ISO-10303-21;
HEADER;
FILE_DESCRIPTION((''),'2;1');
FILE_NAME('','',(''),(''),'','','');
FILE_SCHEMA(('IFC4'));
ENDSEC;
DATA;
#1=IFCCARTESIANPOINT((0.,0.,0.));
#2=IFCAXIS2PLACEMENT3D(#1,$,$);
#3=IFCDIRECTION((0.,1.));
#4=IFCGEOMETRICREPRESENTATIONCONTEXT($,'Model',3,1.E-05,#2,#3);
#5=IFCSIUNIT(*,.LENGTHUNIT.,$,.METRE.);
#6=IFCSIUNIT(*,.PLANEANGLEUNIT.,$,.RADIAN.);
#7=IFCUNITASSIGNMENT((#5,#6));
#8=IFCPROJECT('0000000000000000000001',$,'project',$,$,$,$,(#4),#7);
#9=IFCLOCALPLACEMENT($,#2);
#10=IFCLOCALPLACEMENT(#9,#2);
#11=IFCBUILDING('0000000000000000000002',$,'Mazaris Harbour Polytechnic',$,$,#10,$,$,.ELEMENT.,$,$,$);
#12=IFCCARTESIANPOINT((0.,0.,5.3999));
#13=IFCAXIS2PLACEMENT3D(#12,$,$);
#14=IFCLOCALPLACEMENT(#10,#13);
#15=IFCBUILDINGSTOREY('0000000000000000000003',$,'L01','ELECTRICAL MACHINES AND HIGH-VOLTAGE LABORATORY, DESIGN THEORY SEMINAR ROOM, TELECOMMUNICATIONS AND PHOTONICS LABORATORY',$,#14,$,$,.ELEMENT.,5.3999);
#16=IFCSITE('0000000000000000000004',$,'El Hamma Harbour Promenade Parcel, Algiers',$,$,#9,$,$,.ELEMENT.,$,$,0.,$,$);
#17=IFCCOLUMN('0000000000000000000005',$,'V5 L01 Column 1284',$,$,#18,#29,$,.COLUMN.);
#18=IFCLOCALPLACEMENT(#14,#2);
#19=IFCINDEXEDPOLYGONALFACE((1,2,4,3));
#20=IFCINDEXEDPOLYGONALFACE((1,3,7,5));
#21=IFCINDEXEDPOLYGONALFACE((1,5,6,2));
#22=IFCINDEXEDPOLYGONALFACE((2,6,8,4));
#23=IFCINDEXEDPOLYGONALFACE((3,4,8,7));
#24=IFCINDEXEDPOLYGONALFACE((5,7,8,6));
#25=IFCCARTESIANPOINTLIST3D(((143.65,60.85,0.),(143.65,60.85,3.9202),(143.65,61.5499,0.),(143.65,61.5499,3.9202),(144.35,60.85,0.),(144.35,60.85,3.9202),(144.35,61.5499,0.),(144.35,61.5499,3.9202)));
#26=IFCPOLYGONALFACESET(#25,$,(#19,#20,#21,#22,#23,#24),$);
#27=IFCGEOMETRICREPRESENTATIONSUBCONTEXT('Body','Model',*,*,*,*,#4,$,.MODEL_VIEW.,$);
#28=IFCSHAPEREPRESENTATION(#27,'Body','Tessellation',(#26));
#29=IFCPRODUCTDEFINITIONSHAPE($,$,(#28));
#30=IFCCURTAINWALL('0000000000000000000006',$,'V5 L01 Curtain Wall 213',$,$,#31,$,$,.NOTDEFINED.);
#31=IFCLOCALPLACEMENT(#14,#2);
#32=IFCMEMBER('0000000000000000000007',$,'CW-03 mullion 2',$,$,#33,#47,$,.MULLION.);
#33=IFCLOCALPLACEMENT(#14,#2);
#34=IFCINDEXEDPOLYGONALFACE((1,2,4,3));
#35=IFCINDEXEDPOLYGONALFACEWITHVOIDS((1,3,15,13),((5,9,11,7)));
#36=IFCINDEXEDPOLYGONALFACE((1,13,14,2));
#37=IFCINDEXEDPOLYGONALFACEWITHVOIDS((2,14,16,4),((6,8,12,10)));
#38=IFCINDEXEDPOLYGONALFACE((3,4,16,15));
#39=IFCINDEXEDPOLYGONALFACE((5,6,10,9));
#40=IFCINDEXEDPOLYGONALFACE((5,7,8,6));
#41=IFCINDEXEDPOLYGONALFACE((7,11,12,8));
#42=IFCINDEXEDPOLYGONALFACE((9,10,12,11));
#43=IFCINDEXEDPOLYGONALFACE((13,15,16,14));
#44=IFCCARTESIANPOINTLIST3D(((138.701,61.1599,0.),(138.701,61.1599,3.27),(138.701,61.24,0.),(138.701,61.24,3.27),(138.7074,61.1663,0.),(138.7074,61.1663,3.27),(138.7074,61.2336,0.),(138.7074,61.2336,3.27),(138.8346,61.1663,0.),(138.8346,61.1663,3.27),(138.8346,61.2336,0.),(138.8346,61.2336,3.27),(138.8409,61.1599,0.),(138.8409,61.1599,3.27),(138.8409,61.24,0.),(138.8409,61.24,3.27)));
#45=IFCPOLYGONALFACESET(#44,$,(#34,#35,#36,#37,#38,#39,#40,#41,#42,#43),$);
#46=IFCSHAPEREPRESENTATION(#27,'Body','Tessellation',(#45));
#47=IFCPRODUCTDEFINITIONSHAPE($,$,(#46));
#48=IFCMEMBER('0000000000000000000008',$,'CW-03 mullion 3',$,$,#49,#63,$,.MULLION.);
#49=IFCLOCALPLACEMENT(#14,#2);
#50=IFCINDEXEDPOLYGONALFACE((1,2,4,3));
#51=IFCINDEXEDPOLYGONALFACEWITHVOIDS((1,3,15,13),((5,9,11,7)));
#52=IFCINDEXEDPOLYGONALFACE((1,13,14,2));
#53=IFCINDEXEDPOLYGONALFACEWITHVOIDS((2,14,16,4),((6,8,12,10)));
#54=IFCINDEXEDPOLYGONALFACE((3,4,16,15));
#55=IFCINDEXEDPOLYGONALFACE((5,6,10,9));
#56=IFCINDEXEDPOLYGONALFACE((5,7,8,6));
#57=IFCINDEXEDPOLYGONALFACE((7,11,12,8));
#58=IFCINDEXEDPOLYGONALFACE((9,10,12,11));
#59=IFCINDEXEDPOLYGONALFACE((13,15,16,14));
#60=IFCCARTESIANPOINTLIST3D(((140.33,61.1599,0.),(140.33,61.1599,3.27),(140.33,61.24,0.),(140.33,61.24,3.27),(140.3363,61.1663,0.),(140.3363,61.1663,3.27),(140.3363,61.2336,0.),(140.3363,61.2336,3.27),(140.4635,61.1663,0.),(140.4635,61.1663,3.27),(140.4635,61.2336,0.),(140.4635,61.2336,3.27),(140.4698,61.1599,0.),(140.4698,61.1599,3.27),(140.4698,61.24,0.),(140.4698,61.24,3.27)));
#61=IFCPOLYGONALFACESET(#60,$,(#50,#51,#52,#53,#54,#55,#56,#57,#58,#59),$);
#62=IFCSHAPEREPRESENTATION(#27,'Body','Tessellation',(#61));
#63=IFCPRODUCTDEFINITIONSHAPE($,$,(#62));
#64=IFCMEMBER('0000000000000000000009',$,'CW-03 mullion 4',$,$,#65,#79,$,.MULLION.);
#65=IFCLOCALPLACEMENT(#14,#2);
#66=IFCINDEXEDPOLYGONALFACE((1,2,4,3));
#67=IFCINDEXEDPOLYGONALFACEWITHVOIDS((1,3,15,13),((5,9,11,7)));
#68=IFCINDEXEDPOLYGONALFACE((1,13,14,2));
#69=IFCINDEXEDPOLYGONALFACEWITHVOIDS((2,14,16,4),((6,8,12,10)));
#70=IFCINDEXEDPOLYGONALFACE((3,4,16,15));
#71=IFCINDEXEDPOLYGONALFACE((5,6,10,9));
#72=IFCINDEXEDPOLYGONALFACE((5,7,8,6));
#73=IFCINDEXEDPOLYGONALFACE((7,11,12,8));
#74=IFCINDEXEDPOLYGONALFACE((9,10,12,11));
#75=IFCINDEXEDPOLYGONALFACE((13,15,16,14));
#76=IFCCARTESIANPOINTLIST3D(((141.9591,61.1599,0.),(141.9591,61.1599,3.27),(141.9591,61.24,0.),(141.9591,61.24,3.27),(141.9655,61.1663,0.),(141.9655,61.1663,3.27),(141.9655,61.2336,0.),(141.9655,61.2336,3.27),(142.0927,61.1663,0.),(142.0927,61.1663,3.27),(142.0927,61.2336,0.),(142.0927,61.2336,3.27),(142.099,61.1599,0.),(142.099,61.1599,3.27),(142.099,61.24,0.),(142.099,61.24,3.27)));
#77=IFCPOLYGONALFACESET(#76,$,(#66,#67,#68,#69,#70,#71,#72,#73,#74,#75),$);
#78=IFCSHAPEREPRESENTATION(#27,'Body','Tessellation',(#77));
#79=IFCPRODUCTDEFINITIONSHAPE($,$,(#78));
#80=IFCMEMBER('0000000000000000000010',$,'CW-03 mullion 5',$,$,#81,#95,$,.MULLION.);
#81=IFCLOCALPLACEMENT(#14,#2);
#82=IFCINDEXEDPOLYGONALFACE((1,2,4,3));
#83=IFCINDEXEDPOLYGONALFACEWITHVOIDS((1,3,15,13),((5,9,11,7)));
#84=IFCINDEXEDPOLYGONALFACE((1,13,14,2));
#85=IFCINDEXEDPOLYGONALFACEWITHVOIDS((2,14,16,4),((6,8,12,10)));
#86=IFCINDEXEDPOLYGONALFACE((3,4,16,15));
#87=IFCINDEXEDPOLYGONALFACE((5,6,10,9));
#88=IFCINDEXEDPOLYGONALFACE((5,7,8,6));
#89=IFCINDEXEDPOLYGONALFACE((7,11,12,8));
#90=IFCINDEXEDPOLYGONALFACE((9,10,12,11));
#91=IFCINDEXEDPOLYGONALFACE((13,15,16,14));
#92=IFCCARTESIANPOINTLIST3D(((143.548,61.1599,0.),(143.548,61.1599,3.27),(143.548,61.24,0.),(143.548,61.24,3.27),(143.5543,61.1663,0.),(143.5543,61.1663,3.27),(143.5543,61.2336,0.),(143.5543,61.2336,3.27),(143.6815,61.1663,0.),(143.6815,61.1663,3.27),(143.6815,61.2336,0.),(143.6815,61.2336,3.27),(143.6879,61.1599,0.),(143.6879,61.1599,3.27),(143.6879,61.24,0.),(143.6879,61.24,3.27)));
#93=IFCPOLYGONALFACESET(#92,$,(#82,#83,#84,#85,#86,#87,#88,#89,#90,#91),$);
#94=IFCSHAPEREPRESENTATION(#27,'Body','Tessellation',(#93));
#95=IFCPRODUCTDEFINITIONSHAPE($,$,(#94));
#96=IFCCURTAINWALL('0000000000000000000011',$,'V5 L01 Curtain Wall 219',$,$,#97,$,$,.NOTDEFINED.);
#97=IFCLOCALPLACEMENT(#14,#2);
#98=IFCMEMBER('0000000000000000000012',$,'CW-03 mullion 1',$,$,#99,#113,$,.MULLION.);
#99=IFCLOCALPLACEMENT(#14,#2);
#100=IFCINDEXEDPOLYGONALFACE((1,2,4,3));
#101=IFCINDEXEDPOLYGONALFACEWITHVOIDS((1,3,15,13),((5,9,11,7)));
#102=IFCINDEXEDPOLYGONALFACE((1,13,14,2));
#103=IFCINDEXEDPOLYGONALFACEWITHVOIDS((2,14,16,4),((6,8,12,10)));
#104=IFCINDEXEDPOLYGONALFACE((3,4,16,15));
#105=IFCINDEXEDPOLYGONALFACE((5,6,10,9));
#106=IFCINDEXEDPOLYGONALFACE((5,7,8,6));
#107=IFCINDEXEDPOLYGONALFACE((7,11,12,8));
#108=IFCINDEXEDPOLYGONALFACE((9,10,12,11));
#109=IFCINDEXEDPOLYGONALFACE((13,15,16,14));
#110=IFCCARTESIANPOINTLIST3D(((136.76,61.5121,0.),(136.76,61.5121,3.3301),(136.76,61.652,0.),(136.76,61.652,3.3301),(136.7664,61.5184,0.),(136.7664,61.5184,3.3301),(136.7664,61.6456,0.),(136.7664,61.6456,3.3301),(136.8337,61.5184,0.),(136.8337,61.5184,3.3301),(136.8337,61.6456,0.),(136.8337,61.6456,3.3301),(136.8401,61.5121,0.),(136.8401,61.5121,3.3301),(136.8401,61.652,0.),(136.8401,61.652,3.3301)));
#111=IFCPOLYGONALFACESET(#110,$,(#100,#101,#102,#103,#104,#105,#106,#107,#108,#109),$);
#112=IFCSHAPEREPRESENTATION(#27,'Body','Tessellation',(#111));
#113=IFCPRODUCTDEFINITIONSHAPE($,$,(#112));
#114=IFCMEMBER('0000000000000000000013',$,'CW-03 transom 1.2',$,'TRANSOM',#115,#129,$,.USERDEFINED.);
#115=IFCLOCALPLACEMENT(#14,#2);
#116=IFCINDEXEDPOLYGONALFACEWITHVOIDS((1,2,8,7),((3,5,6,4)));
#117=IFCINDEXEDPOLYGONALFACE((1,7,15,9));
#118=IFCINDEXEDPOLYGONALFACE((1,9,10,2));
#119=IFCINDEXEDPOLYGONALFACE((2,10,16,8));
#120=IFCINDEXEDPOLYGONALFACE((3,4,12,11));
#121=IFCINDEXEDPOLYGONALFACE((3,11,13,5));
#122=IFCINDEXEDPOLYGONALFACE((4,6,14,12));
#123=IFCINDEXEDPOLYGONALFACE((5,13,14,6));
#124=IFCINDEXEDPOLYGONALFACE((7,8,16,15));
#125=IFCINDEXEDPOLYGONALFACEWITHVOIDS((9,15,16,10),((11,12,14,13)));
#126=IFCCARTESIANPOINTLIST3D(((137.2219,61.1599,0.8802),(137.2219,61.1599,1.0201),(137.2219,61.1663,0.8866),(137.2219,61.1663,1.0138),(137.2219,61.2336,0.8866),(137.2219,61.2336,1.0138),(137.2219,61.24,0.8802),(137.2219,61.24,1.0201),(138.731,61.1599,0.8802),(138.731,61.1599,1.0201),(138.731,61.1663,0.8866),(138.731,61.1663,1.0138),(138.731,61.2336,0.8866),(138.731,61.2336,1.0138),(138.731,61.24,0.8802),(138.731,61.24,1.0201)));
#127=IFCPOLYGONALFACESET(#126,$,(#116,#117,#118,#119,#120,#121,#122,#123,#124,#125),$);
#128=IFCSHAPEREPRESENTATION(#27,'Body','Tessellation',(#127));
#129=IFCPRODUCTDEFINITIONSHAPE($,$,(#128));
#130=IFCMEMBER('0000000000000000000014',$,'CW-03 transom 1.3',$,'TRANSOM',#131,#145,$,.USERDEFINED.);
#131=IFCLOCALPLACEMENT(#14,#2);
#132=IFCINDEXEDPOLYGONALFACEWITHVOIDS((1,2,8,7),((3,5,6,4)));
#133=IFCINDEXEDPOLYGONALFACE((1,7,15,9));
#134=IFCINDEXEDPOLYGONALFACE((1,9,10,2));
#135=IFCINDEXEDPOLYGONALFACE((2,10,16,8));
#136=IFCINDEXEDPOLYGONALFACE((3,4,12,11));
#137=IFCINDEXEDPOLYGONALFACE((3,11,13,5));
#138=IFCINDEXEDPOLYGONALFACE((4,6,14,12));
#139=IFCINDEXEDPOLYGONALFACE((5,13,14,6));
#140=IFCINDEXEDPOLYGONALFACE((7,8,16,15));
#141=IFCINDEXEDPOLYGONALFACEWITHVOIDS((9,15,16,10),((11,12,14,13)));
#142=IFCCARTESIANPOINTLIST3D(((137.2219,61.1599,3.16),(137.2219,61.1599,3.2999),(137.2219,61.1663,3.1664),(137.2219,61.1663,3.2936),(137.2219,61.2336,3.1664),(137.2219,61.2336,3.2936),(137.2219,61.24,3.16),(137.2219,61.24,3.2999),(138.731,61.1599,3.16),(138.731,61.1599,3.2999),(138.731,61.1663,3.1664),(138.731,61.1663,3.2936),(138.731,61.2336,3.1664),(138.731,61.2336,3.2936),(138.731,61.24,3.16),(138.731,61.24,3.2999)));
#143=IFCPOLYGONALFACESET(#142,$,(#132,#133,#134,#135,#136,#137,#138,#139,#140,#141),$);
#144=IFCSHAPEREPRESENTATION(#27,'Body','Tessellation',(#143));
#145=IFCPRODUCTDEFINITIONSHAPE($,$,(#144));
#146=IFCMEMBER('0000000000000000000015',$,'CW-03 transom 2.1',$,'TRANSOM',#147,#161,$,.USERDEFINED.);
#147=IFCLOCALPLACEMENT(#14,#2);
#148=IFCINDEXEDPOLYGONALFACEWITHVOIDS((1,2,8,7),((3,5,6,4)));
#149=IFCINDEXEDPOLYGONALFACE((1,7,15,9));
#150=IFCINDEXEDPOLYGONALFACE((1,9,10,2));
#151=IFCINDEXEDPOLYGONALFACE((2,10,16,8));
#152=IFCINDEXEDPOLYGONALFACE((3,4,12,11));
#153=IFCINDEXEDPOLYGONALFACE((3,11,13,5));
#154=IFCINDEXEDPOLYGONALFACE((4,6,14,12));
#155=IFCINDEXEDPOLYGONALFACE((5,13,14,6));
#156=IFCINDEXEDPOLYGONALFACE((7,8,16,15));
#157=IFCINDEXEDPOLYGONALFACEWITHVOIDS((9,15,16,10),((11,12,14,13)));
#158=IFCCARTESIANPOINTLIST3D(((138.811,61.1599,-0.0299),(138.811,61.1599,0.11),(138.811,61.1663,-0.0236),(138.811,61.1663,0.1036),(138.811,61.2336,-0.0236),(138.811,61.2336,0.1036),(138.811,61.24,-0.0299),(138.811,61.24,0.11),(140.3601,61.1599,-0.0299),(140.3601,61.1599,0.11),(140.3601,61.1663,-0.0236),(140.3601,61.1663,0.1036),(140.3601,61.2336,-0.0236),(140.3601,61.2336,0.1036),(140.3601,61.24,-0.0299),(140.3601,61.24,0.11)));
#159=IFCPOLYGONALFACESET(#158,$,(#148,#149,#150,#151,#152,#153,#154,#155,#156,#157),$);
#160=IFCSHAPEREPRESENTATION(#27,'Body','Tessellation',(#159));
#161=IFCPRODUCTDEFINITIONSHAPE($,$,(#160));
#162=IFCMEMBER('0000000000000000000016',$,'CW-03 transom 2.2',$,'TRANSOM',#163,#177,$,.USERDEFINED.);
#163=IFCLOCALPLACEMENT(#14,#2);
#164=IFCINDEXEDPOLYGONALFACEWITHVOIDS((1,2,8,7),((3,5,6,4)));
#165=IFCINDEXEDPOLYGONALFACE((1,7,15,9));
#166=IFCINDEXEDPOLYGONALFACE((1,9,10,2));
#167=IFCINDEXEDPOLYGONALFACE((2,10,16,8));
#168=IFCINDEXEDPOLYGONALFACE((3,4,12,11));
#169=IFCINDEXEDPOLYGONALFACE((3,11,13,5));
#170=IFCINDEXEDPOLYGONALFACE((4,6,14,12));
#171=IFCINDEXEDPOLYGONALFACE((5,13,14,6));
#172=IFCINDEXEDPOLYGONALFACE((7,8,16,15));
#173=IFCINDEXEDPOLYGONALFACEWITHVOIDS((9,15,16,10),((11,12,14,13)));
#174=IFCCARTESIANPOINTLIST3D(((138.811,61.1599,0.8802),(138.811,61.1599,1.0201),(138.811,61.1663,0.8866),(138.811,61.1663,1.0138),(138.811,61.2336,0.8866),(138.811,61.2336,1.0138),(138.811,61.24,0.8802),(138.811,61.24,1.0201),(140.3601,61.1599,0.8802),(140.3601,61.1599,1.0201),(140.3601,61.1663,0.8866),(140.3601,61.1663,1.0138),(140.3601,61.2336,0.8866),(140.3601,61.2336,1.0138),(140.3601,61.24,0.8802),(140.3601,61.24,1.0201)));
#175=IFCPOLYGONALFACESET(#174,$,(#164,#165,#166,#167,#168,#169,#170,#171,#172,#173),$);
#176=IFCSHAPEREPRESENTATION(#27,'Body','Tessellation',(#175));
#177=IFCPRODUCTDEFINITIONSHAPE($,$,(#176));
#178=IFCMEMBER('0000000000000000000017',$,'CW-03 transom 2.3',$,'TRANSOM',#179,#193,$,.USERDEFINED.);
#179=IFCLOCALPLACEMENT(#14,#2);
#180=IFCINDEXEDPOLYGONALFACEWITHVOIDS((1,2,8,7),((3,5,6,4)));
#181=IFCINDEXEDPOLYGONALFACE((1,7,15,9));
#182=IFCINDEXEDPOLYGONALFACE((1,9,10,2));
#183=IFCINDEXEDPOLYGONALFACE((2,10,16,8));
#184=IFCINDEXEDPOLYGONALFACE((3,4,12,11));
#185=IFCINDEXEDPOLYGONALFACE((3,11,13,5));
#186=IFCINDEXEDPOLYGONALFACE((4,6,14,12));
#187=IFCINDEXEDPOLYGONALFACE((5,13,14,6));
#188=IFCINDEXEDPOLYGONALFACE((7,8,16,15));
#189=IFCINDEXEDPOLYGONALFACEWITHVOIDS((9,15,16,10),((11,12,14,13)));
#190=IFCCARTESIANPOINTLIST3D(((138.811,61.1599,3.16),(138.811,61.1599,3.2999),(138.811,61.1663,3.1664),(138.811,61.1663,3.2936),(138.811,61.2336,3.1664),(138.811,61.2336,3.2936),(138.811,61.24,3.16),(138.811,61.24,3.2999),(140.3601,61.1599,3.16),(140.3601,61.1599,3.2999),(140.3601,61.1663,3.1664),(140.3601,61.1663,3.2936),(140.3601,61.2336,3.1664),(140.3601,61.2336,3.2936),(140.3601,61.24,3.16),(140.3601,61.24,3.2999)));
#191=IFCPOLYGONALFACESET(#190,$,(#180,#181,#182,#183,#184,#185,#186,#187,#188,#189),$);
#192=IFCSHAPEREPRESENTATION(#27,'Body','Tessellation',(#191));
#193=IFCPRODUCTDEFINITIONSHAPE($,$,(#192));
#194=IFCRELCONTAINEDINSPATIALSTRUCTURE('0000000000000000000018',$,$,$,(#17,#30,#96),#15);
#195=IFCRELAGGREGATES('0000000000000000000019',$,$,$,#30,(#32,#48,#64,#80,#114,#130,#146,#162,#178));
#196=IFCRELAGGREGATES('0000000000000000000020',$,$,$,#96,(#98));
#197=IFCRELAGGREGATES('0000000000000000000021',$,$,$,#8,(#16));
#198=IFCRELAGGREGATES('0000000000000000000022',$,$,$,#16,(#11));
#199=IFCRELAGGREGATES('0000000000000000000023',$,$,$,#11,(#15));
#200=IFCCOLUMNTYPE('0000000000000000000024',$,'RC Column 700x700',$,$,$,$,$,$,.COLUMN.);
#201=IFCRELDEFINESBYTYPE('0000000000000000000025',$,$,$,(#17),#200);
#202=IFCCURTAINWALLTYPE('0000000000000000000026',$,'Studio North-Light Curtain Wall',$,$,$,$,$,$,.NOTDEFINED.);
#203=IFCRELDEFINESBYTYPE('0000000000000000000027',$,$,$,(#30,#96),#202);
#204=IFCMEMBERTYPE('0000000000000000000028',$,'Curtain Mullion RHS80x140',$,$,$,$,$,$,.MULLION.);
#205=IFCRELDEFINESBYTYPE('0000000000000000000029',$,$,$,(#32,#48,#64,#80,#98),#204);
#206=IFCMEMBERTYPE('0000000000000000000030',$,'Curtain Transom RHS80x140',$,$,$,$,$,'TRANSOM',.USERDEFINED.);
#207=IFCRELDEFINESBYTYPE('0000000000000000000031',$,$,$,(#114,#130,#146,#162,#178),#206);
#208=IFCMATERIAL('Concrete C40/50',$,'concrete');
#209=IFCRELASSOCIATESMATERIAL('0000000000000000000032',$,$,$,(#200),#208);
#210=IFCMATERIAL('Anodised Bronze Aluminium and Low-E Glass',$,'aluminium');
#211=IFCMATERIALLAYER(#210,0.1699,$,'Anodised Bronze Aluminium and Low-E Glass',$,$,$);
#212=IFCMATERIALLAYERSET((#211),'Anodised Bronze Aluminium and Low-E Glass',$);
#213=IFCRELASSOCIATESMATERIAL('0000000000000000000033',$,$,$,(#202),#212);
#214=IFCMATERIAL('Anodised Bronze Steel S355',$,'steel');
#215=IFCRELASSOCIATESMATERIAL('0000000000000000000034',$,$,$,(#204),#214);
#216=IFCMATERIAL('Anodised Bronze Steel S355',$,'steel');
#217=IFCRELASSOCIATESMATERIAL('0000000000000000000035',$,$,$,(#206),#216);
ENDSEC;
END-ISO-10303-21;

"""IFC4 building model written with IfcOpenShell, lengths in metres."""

from ifc_helpers import new_model, si_unit, direction, frame, origin, origin_2d, place, context, subcontext, project, spatial, rectangle, hollow_rectangle, extrude, material, layer, layer_set, material_profile, profile_set, type_object, element, aggregate, save


model = new_model("IFC4")

# Units and contexts
model_context = context("Model", 3, precision=1e-05, world=origin(), true_north=direction((0.0, 1.0)))
body_context = subcontext(model_context, "Body", "Model", "MODEL_VIEW")
ifc_project = project(units=[si_unit("LENGTHUNIT", "METRE"), si_unit("PLANEANGLEUNIT", "RADIAN")], contexts=[model_context])

# Site, building, storey
site_placement = place(None, origin())
site = spatial("IfcSite", under=ifc_project, at=site_placement, Name="El Hamma Harbour Promenade Parcel, Algiers", CompositionType="ELEMENT", RefElevation=0.0)
building_placement = place(site_placement, origin())
building = spatial("IfcBuilding", under=site, at=building_placement, Name="Mazaris Harbour Polytechnic", CompositionType="ELEMENT")
storey_placement = place(building_placement, frame((0.0, 0.0, 5.3999)))
storey = spatial("IfcBuildingStorey", under=building, at=storey_placement, Name="L01", Description="ELECTRICAL MACHINES AND HIGH-VOLTAGE LABORATORY, DESIGN THEORY SEMINAR ROOM, TELECOMMUNICATIONS AND PHOTONICS LABORATORY", CompositionType="ELEMENT", Elevation=5.3999)

# Column
ifc_material_1 = material(Name="Concrete C40/50", Category="concrete")
ifc_material_profile_1 = material_profile(ifc_material_1, rectangle(XDim=0.7, YDim=0.7, at=origin_2d()), Name="RECT700x700")
ifc_profile_set_1 = profile_set([ifc_material_profile_1], Name="Concrete C40/50")
column_type = type_object("IfcColumnType", Name="RC Column 700x700", PredefinedType="COLUMN", material=ifc_profile_set_1)
column_placement = place(storey_placement, frame((144.0, 61.2, 0.0), z_axis=(0.0, 0.0, 1.0), x_axis=(1.0, 0.0, 0.0)))
element("IfcColumn", 1, at=column_placement, inside=storey, type_object=column_type, Name="V5 L01 Column 1284", PredefinedType="COLUMN", context=body_context, shape_type="SweptSolid", body=[
    extrude(rectangle(XDim=0.7, YDim=0.7, at=origin_2d()), origin(), (0.0, 0.0, 1.0), 3.9202),
])

# Curtain wall, members
ifc_material_2 = material(Name="Anodised Bronze Aluminium and Low-E Glass", Category="aluminium")
ifc_layer_1 = layer(ifc_material_2, 0.1699, Name="Anodised Bronze Aluminium and Low-E Glass")
ifc_layer_set_1 = layer_set([ifc_layer_1], Name="Anodised Bronze Aluminium and Low-E Glass")
curtain_wall_type = type_object("IfcCurtainWallType", Name="Studio North-Light Curtain Wall", PredefinedType="NOTDEFINED", material=ifc_layer_set_1)
curtain_wall_1_placement = place(storey_placement, origin())
curtain_wall_1 = element("IfcCurtainWall", 2, at=curtain_wall_1_placement, inside=storey, type_object=curtain_wall_type, Name="V5 L01 Curtain Wall 213", PredefinedType="NOTDEFINED")
ifc_material_3 = material(Name="Anodised Bronze Steel S355", Category="steel")
ifc_material_profile_2 = material_profile(ifc_material_3, hollow_rectangle(XDim=0.0801, YDim=0.1399, WallThickness=0.0063, at=origin_2d()), Name="RHS 80x140x6.3")
ifc_profile_set_2 = profile_set([ifc_material_profile_2], Name="Anodised Bronze Steel S355")
member_type_1 = type_object("IfcMemberType", Name="Curtain Mullion RHS80x140", PredefinedType="MULLION", material=ifc_profile_set_2)
member_1_placement = place(storey_placement, frame((138.771, 61.2, 0.0), z_axis=(0.0, 0.0, 1.0), x_axis=(0.0, 1.0, 0.0)))
member_1 = element("IfcMember", 3, at=member_1_placement, type_object=member_type_1, Name="CW-03 mullion 2", PredefinedType="MULLION", context=body_context, shape_type="SweptSolid", body=[
    extrude(hollow_rectangle(XDim=0.0801, YDim=0.1399, WallThickness=0.0063, at=origin_2d()), origin(), (0.0, 0.0, 1.0), 3.27),
])
member_2_placement = place(storey_placement, frame((140.3999, 61.2, 0.0), z_axis=(0.0, 0.0, 1.0), x_axis=(0.0, 1.0, 0.0)))
member_2 = element("IfcMember", 4, at=member_2_placement, type_object=member_type_1, Name="CW-03 mullion 3", PredefinedType="MULLION", context=body_context, shape_type="SweptSolid", body=[
    extrude(hollow_rectangle(XDim=0.0801, YDim=0.1399, WallThickness=0.0063, at=origin_2d()), origin(), (0.0, 0.0, 1.0), 3.27),
])
member_3_placement = place(storey_placement, frame((142.0291, 61.2, 0.0), z_axis=(0.0, 0.0, 1.0), x_axis=(0.0, 1.0, 0.0)))
member_3 = element("IfcMember", 5, at=member_3_placement, type_object=member_type_1, Name="CW-03 mullion 4", PredefinedType="MULLION", context=body_context, shape_type="SweptSolid", body=[
    extrude(hollow_rectangle(XDim=0.0801, YDim=0.1399, WallThickness=0.0063, at=origin_2d()), origin(), (0.0, 0.0, 1.0), 3.27),
])
member_4_placement = place(storey_placement, frame((143.6179, 61.2, 0.0), z_axis=(0.0, 0.0, 1.0), x_axis=(0.0, 1.0, 0.0)))
member_4 = element("IfcMember", 6, at=member_4_placement, type_object=member_type_1, Name="CW-03 mullion 5", PredefinedType="MULLION", context=body_context, shape_type="SweptSolid", body=[
    extrude(hollow_rectangle(XDim=0.0801, YDim=0.1399, WallThickness=0.0063, at=origin_2d()), origin(), (0.0, 0.0, 1.0), 3.27),
])

# Curtain wall, member
curtain_wall_2_placement = place(storey_placement, origin())
curtain_wall_2 = element("IfcCurtainWall", 7, at=curtain_wall_2_placement, inside=storey, type_object=curtain_wall_type, Name="V5 L01 Curtain Wall 219", PredefinedType="NOTDEFINED")
member_5_placement = place(storey_placement, frame((136.8, 61.582, 0.0), z_axis=(0.0, 0.0, 1.0), x_axis=(-1.0, 0.0, 0.0)))
member_5 = element("IfcMember", 8, at=member_5_placement, type_object=member_type_1, Name="CW-03 mullion 1", PredefinedType="MULLION", context=body_context, shape_type="SweptSolid", body=[
    extrude(hollow_rectangle(XDim=0.0801, YDim=0.1399, WallThickness=0.0063, at=origin_2d()), origin(), (0.0, 0.0, 1.0), 3.3301),
])

# Members
ifc_material_4 = material(Name="Anodised Bronze Steel S355", Category="steel")
ifc_material_profile_3 = material_profile(ifc_material_4, hollow_rectangle(XDim=0.0801, YDim=0.1399, WallThickness=0.0063, at=origin_2d()), Name="RHS 80x140x6.3")
ifc_profile_set_3 = profile_set([ifc_material_profile_3], Name="Anodised Bronze Steel S355")
member_type_2 = type_object("IfcMemberType", Name="Curtain Transom RHS80x140", ElementType="TRANSOM", PredefinedType="USERDEFINED", material=ifc_profile_set_3)
member_6_placement = place(storey_placement, frame((137.2219, 61.2, 0.9502), z_axis=(1.0, 0.0, 0.0), x_axis=(0.0, 1.0, 0.0)))
member_6 = element("IfcMember", 9, at=member_6_placement, type_object=member_type_2, Name="CW-03 transom 1.2", ObjectType="TRANSOM", PredefinedType="USERDEFINED", context=body_context, shape_type="SweptSolid", body=[
    extrude(hollow_rectangle(XDim=0.0801, YDim=0.1399, WallThickness=0.0063, at=origin_2d()), origin(), (0.0, 0.0, 1.0), 1.509),
])
member_7_placement = place(storey_placement, frame((137.2219, 61.2, 3.23), z_axis=(1.0, 0.0, 0.0), x_axis=(0.0, 1.0, 0.0)))
member_7 = element("IfcMember", 10, at=member_7_placement, type_object=member_type_2, Name="CW-03 transom 1.3", ObjectType="TRANSOM", PredefinedType="USERDEFINED", context=body_context, shape_type="SweptSolid", body=[
    extrude(hollow_rectangle(XDim=0.0801, YDim=0.1399, WallThickness=0.0063, at=origin_2d()), origin(), (0.0, 0.0, 1.0), 1.509),
])
member_8_placement = place(storey_placement, frame((138.811, 61.2, 0.04), z_axis=(1.0, 0.0, 0.0), x_axis=(0.0, 1.0, 0.0)))
member_8 = element("IfcMember", 11, at=member_8_placement, type_object=member_type_2, Name="CW-03 transom 2.1", ObjectType="TRANSOM", PredefinedType="USERDEFINED", context=body_context, shape_type="SweptSolid", body=[
    extrude(hollow_rectangle(XDim=0.0801, YDim=0.1399, WallThickness=0.0063, at=origin_2d()), origin(), (0.0, 0.0, 1.0), 1.5491),
])
member_9_placement = place(storey_placement, frame((138.811, 61.2, 0.9502), z_axis=(1.0, 0.0, 0.0), x_axis=(0.0, 1.0, 0.0)))
member_9 = element("IfcMember", 12, at=member_9_placement, type_object=member_type_2, Name="CW-03 transom 2.2", ObjectType="TRANSOM", PredefinedType="USERDEFINED", context=body_context, shape_type="SweptSolid", body=[
    extrude(hollow_rectangle(XDim=0.0801, YDim=0.1399, WallThickness=0.0063, at=origin_2d()), origin(), (0.0, 0.0, 1.0), 1.5491),
])
member_10_placement = place(storey_placement, frame((138.811, 61.2, 3.23), z_axis=(1.0, 0.0, 0.0), x_axis=(0.0, 1.0, 0.0)))
member_10 = element("IfcMember", 13, at=member_10_placement, type_object=member_type_2, Name="CW-03 transom 2.3", ObjectType="TRANSOM", PredefinedType="USERDEFINED", context=body_context, shape_type="SweptSolid", body=[
    extrude(hollow_rectangle(XDim=0.0801, YDim=0.1399, WallThickness=0.0063, at=origin_2d()), origin(), (0.0, 0.0, 1.0), 1.5491),
])

aggregate(curtain_wall_1, [member_1, member_2, member_3, member_4, member_6, member_7, member_8, member_9, member_10])
aggregate(curtain_wall_2, [member_5])

save(model, "model.ifc")
